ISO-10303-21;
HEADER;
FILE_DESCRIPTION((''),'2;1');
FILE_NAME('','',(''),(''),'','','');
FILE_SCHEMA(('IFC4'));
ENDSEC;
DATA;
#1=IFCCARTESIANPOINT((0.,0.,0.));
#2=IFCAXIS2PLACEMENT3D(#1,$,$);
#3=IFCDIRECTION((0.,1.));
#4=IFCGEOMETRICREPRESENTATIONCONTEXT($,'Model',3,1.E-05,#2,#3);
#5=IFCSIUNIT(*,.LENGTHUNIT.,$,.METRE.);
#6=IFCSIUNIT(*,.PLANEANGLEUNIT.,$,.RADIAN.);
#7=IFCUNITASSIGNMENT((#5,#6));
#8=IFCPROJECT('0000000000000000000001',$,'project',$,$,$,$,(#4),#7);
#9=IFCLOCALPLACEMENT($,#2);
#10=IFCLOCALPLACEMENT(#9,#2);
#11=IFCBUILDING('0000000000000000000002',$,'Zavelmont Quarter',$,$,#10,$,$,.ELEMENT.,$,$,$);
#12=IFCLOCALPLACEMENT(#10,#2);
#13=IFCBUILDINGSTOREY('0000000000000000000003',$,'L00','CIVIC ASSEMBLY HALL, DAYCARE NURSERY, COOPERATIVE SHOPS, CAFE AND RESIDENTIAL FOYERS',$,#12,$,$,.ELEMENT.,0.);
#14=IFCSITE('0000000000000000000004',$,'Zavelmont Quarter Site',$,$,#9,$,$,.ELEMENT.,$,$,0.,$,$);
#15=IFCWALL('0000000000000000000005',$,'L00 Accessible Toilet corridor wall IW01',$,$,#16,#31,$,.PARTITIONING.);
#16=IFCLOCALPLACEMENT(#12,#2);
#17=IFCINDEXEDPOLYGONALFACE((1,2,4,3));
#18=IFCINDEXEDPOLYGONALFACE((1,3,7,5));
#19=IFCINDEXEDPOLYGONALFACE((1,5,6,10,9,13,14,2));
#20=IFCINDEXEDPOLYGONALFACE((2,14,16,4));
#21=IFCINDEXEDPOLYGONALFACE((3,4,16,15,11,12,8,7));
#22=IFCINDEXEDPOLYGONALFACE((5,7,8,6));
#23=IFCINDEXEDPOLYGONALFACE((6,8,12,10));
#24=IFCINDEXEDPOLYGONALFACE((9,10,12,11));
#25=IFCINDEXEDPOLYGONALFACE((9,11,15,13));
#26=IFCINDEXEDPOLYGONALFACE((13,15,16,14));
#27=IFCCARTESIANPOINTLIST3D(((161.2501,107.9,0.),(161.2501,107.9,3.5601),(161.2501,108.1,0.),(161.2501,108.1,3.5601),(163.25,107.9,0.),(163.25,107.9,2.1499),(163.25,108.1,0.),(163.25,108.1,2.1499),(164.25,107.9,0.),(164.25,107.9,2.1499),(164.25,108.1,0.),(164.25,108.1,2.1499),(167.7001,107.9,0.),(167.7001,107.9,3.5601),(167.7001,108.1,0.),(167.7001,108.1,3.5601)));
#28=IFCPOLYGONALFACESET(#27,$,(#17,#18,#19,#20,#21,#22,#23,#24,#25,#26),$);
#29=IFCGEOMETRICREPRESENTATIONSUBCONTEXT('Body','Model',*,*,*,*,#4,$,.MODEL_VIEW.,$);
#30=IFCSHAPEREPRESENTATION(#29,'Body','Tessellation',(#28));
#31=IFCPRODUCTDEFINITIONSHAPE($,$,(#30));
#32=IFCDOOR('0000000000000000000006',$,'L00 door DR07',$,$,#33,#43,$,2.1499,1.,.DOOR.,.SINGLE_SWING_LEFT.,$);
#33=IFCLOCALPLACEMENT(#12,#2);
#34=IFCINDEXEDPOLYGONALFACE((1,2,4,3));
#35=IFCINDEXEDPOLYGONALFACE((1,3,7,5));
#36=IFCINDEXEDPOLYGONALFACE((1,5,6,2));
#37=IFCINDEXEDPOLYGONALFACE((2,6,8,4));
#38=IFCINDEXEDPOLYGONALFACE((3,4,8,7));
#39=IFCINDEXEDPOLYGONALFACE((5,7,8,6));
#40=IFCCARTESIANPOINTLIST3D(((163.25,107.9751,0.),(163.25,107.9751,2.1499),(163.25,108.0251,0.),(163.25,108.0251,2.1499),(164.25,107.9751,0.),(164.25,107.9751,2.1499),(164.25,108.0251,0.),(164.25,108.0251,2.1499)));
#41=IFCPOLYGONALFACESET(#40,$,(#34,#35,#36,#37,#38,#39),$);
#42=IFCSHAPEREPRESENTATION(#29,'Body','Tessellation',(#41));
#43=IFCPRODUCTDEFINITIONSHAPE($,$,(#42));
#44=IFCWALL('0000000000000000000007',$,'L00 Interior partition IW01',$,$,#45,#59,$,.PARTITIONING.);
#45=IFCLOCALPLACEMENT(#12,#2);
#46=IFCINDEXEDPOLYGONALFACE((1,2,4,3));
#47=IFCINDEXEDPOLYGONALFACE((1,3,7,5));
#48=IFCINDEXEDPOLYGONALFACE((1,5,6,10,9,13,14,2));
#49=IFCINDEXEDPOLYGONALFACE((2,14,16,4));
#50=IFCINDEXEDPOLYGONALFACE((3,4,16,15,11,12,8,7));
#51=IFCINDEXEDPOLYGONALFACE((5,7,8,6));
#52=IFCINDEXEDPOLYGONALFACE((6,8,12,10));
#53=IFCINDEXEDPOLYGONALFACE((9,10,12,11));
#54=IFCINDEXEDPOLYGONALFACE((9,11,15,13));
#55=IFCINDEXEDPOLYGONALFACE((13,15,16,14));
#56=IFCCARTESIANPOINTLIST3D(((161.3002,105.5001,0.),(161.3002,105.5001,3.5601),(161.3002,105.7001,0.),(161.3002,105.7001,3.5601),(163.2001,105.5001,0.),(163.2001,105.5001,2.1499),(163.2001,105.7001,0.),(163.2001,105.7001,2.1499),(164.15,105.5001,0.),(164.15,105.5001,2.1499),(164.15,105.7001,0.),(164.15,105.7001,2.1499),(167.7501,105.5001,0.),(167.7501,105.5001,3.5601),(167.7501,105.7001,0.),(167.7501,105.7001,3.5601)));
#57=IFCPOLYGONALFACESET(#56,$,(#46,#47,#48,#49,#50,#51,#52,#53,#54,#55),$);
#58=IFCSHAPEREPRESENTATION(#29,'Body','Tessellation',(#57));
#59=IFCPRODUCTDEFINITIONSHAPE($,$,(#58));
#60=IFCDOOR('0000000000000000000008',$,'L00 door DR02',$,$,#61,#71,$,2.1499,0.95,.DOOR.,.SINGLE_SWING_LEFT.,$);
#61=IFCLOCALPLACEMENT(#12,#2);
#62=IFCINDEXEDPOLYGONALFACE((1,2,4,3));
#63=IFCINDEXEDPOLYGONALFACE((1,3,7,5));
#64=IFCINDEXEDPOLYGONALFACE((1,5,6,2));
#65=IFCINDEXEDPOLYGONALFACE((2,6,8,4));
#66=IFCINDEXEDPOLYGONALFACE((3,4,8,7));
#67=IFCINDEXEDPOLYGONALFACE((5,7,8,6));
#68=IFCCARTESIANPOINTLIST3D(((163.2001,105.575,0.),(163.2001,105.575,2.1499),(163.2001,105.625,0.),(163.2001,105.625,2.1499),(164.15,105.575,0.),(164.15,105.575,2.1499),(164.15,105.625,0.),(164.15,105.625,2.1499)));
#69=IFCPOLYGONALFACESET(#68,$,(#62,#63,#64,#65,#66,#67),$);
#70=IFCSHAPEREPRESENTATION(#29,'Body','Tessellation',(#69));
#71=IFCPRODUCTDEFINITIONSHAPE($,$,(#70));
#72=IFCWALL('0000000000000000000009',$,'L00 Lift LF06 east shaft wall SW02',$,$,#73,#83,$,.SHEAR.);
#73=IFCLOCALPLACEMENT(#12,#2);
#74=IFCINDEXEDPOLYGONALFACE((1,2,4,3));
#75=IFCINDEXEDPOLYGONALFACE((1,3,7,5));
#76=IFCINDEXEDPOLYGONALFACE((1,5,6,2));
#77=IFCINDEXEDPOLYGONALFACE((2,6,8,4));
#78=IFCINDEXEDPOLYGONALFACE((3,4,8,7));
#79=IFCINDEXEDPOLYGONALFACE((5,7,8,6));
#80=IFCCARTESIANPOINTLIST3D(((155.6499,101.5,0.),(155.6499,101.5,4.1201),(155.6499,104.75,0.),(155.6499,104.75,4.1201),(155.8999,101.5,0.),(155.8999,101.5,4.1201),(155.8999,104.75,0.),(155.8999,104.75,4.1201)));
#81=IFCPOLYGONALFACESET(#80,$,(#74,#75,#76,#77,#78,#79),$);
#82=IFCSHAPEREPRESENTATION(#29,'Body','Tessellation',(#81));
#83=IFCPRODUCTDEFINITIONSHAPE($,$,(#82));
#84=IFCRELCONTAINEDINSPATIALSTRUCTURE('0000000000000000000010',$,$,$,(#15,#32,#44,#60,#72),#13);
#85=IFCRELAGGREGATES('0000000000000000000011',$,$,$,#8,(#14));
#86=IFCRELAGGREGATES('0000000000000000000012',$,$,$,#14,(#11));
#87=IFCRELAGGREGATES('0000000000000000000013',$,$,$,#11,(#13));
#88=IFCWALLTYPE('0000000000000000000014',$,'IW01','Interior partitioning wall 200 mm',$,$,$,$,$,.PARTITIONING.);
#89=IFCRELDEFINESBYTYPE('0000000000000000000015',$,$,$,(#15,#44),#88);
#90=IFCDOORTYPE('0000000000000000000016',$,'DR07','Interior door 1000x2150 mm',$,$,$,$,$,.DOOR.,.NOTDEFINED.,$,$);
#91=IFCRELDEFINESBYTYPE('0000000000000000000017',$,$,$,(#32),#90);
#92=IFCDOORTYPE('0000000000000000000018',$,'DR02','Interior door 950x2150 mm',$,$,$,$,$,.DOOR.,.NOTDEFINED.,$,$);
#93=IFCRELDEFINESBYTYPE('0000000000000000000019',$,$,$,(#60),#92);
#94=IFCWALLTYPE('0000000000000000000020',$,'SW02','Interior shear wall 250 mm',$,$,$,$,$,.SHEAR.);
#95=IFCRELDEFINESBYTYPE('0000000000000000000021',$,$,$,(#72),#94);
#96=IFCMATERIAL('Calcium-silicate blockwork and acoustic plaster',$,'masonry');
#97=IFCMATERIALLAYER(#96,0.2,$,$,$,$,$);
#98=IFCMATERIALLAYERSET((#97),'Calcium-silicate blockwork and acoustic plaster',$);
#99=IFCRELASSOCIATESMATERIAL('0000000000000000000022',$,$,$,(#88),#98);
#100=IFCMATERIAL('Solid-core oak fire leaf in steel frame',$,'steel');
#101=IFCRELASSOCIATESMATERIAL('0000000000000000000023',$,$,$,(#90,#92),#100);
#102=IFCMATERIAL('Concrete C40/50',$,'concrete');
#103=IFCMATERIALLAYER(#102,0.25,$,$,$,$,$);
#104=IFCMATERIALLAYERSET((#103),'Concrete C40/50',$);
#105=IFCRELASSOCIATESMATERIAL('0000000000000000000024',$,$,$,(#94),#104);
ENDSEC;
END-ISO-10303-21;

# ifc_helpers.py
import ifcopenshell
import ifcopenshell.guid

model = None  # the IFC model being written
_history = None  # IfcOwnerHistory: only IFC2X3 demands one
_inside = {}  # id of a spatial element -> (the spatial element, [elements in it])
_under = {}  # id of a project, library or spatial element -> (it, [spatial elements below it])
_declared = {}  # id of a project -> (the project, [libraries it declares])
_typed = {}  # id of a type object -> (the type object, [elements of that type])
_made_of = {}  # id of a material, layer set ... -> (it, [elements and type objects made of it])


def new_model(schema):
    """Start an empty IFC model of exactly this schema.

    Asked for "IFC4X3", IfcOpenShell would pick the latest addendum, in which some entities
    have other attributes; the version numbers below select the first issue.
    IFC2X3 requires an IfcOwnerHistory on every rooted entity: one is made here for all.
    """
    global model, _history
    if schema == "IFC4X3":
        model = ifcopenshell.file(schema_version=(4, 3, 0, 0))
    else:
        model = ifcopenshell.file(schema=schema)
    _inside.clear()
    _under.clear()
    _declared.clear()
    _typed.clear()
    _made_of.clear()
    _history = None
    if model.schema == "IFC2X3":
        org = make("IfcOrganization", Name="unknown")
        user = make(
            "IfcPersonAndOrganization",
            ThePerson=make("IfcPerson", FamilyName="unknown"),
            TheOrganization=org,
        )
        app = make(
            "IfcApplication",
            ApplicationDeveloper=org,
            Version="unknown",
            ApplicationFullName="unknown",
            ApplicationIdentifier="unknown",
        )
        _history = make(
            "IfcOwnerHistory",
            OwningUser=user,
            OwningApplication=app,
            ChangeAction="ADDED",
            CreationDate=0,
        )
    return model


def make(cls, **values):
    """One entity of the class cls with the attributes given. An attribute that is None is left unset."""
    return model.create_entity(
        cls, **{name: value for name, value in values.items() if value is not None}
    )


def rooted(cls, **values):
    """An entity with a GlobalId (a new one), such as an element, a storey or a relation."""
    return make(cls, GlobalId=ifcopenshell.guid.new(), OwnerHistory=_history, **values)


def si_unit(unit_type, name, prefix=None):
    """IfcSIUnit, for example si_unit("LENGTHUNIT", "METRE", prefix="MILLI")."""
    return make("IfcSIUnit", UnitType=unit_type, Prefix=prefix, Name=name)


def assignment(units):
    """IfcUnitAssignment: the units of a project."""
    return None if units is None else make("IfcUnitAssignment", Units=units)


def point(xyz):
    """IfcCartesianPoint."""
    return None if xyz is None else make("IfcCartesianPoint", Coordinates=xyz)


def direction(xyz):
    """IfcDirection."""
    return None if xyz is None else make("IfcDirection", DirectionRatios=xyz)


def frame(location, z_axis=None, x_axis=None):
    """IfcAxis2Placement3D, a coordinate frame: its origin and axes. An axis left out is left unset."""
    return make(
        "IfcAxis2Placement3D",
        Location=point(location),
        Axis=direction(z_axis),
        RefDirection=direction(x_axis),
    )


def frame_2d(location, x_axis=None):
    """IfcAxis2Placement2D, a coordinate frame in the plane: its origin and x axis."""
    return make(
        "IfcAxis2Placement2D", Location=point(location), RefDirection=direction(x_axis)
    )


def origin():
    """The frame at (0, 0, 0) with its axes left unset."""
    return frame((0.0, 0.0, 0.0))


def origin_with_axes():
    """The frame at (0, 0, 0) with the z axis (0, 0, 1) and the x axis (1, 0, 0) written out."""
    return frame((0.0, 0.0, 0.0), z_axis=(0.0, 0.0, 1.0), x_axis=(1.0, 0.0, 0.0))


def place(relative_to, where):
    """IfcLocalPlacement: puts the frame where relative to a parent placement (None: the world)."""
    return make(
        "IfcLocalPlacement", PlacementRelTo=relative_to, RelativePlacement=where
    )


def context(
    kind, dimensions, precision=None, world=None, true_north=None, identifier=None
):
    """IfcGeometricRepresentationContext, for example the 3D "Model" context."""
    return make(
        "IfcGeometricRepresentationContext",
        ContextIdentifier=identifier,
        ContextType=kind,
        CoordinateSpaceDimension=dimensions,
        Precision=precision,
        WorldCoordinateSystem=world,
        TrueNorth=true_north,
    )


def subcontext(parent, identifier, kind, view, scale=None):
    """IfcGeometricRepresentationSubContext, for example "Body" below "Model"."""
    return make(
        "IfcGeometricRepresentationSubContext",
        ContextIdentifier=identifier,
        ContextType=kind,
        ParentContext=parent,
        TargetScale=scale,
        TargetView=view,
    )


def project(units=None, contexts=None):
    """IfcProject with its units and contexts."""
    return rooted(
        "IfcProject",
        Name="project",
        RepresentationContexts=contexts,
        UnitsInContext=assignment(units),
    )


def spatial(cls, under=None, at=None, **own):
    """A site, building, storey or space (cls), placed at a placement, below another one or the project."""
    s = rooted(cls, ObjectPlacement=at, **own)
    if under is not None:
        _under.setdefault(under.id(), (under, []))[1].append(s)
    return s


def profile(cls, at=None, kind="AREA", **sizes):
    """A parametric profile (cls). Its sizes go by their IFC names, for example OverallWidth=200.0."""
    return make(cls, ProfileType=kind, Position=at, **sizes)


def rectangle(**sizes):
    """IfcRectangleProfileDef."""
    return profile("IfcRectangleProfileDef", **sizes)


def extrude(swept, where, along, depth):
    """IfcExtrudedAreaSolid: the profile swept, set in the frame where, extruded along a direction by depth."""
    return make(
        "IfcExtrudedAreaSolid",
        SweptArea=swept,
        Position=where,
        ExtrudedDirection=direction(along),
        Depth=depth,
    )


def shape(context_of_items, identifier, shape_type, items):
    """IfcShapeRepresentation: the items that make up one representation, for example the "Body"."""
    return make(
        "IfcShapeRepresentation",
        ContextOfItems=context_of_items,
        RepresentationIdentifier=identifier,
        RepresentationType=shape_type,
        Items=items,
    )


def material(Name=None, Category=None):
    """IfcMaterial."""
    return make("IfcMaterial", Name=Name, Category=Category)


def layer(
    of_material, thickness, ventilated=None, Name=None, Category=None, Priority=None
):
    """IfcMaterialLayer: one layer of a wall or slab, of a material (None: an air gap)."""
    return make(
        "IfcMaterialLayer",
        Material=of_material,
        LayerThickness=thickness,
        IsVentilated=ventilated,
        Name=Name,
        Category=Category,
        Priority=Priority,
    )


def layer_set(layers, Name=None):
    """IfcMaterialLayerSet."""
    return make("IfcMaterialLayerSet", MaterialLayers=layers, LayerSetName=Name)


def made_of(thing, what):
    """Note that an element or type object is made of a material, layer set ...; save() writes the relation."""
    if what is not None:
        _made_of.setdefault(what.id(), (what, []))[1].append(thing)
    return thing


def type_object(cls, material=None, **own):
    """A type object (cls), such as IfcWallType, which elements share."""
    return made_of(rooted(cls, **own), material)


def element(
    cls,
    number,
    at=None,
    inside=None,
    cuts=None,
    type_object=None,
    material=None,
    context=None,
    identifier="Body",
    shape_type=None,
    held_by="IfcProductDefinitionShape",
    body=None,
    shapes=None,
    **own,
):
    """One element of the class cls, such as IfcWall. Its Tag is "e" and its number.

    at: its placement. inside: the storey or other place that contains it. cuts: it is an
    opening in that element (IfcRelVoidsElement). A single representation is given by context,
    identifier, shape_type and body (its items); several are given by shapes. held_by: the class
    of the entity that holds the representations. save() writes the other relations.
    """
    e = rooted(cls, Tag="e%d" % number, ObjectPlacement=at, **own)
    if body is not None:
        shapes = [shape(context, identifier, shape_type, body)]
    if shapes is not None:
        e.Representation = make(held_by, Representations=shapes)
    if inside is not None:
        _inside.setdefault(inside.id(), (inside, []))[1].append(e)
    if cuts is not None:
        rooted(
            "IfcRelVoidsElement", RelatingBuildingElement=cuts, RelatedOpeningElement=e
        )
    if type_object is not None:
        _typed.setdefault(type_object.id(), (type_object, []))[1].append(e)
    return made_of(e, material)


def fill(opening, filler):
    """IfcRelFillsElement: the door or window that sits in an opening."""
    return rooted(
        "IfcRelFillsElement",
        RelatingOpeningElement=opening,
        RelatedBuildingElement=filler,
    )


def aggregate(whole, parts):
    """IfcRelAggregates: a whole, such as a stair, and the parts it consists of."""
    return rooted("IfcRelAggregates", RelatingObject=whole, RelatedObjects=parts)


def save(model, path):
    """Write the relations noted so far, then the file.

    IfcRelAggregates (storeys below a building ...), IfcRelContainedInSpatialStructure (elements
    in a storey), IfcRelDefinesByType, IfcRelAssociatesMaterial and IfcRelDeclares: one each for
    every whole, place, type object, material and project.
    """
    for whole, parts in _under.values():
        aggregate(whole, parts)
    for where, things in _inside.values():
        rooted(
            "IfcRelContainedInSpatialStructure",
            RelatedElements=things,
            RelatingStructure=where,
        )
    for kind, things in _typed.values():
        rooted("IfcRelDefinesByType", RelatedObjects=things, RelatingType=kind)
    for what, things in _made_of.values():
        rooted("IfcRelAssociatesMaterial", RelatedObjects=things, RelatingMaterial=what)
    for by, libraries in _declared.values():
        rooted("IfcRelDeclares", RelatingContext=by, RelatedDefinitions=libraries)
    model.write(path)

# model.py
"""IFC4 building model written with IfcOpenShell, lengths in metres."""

from ifc_helpers import new_model, si_unit, direction, frame, frame_2d, origin, origin_with_axes, place, context, subcontext, project, spatial, rectangle, extrude, material, layer, layer_set, type_object, element, fill, save


model = new_model("IFC4")

# Units and contexts
model_context = context("Model", 3, precision=1e-05, world=origin(), true_north=direction((0.0, 1.0)))
body_context = subcontext(model_context, "Body", "Model", "MODEL_VIEW")
ifc_project = project(units=[si_unit("LENGTHUNIT", "METRE"), si_unit("PLANEANGLEUNIT", "RADIAN")], contexts=[model_context])

# Site, building, storey
site_placement = place(None, origin())
site = spatial("IfcSite", under=ifc_project, at=site_placement, Name="Zavelmont Quarter Site", CompositionType="ELEMENT", RefElevation=0.0)
building_placement = place(site_placement, origin())
building = spatial("IfcBuilding", under=site, at=building_placement, Name="Zavelmont Quarter", CompositionType="ELEMENT")
storey_placement = place(building_placement, origin())
storey = spatial("IfcBuildingStorey", under=building, at=storey_placement, Name="L00", Description="CIVIC ASSEMBLY HALL, DAYCARE NURSERY, COOPERATIVE SHOPS, CAFE AND RESIDENTIAL FOYERS", CompositionType="ELEMENT", Elevation=0.0)

# Shared definitions
ifc_material_1 = material(Name="Concrete C40/50", Category="concrete")

# Shared definitions
ifc_material_2 = material(Name="Calcium-silicate blockwork and acoustic plaster", Category="masonry")
ifc_layer_1 = layer(ifc_material_2, 0.2)
ifc_layer_set_1 = layer_set([ifc_layer_1], Name="Calcium-silicate blockwork and acoustic plaster")
wall_type_1 = type_object("IfcWallType", Name="IW01", Description="Interior partitioning wall 200 mm", PredefinedType="PARTITIONING", material=ifc_layer_set_1)

# Shared definitions
ifc_material_3 = material(Name="Solid-core oak fire leaf in steel frame", Category="steel")
door_type_1 = type_object("IfcDoorType", Name="DR07", Description="Interior door 1000x2150 mm", OperationType="NOTDEFINED", PredefinedType="DOOR", material=ifc_material_3)

# Walls, openings, doors
wall_1_placement = place(storey_placement, frame((161.25, 108.0, 0.0), z_axis=(0.0, 0.0, 1.0), x_axis=(1.0, 0.0, 0.0)))
wall_1 = element("IfcWall", 1, at=wall_1_placement, inside=storey, type_object=wall_type_1, Name="L00 Accessible Toilet corridor wall IW01", PredefinedType="PARTITIONING", context=body_context, shape_type="SweptSolid", body=[
    extrude(rectangle(XDim=6.45, YDim=0.2, at=frame_2d((3.2251, 0.0))), origin(), (0.0, 0.0, 1.0), 3.5601),
])
opening_1_placement = place(wall_1_placement, frame((2.0, 0.0, 0.0)))
opening_1 = element("IfcOpeningElement", 2, at=opening_1_placement, cuts=wall_1, PredefinedType="OPENING", context=body_context, shape_type="SweptSolid", body=[
    extrude(rectangle(XDim=1.0, YDim=2.1499, at=frame_2d((0.5, 1.075))), frame((0.0, 0.1118, 0.0), z_axis=(0.0, -1.0, 0.0), x_axis=(1.0, 0.0, 0.0)), (0.0, 0.0, 1.0), 0.2239),
])
door_1_placement = place(opening_1_placement, frame((1.0, 0.0, 0.0), z_axis=(0.0, 0.0, 1.0), x_axis=(-1.0, 0.0, 0.0)))
door_1 = element("IfcDoor", 3, at=door_1_placement, inside=storey, type_object=door_type_1, Name="L00 door DR07", OperationType="SINGLE_SWING_LEFT", OverallHeight=2.1499, OverallWidth=1.0, PredefinedType="DOOR", context=body_context, shape_type="SweptSolid", body=[
    extrude(rectangle(XDim=1.0, YDim=2.1499, at=frame_2d((0.5, 1.075))), frame((0.0, 0.0249, 0.0), z_axis=(0.0, -1.0, 0.0), x_axis=(1.0, 0.0, 0.0)), (0.0, 0.0, 1.0), 0.05),
])
fill(opening_1, door_1)
wall_2_placement = place(storey_placement, frame((161.3, 105.6001, 0.0), z_axis=(0.0, 0.0, 1.0), x_axis=(1.0, 0.0, 0.0)))
wall_2 = element("IfcWall", 4, at=wall_2_placement, inside=storey, type_object=wall_type_1, Name="L00 Interior partition IW01", PredefinedType="PARTITIONING", context=body_context, shape_type="SweptSolid", body=[
    extrude(rectangle(XDim=6.45, YDim=0.2, at=frame_2d((3.2251, 0.0))), origin(), (0.0, 0.0, 1.0), 3.5601),
])
opening_2_placement = place(wall_2_placement, frame((1.8999, 0.0, 0.0)))
opening_2 = element("IfcOpeningElement", 5, at=opening_2_placement, cuts=wall_2, PredefinedType="OPENING", context=body_context, shape_type="SweptSolid", body=[
    extrude(rectangle(XDim=0.95, YDim=2.1499, at=frame_2d((0.4751, 1.075))), frame((0.0, 0.1118, 0.0), z_axis=(0.0, -1.0, 0.0), x_axis=(1.0, 0.0, 0.0)), (0.0, 0.0, 1.0), 0.2239),
])
door_type_2 = type_object("IfcDoorType", Name="DR02", Description="Interior door 950x2150 mm", OperationType="NOTDEFINED", PredefinedType="DOOR", material=ifc_material_3)
door_2_placement = place(opening_2_placement, origin_with_axes())
door_2 = element("IfcDoor", 6, at=door_2_placement, inside=storey, type_object=door_type_2, Name="L00 door DR02", OperationType="SINGLE_SWING_LEFT", OverallHeight=2.1499, OverallWidth=0.95, PredefinedType="DOOR", context=body_context, shape_type="SweptSolid", body=[
    extrude(rectangle(XDim=0.95, YDim=2.1499, at=frame_2d((0.4751, 1.075))), frame((0.0, 0.0249, 0.0), z_axis=(0.0, -1.0, 0.0), x_axis=(1.0, 0.0, 0.0)), (0.0, 0.0, 1.0), 0.05),
])
fill(opening_2, door_2)

# Wall
ifc_layer_2 = layer(ifc_material_1, 0.25)
ifc_layer_set_2 = layer_set([ifc_layer_2], Name="Concrete C40/50")
wall_type_2 = type_object("IfcWallType", Name="SW02", Description="Interior shear wall 250 mm", PredefinedType="SHEAR", material=ifc_layer_set_2)
wall_3_placement = place(storey_placement, frame((155.7749, 101.5, 0.0), z_axis=(0.0, 0.0, 1.0), x_axis=(0.0, 1.0, 0.0)))
element("IfcWall", 7, at=wall_3_placement, inside=storey, type_object=wall_type_2, Name="L00 Lift LF06 east shaft wall SW02", PredefinedType="SHEAR", context=body_context, shape_type="SweptSolid", body=[
    extrude(rectangle(XDim=3.25, YDim=0.25, at=frame_2d((1.625, 0.0))), origin(), (0.0, 0.0, 1.0), 4.1201),
])

save(model, "model.ifc")
